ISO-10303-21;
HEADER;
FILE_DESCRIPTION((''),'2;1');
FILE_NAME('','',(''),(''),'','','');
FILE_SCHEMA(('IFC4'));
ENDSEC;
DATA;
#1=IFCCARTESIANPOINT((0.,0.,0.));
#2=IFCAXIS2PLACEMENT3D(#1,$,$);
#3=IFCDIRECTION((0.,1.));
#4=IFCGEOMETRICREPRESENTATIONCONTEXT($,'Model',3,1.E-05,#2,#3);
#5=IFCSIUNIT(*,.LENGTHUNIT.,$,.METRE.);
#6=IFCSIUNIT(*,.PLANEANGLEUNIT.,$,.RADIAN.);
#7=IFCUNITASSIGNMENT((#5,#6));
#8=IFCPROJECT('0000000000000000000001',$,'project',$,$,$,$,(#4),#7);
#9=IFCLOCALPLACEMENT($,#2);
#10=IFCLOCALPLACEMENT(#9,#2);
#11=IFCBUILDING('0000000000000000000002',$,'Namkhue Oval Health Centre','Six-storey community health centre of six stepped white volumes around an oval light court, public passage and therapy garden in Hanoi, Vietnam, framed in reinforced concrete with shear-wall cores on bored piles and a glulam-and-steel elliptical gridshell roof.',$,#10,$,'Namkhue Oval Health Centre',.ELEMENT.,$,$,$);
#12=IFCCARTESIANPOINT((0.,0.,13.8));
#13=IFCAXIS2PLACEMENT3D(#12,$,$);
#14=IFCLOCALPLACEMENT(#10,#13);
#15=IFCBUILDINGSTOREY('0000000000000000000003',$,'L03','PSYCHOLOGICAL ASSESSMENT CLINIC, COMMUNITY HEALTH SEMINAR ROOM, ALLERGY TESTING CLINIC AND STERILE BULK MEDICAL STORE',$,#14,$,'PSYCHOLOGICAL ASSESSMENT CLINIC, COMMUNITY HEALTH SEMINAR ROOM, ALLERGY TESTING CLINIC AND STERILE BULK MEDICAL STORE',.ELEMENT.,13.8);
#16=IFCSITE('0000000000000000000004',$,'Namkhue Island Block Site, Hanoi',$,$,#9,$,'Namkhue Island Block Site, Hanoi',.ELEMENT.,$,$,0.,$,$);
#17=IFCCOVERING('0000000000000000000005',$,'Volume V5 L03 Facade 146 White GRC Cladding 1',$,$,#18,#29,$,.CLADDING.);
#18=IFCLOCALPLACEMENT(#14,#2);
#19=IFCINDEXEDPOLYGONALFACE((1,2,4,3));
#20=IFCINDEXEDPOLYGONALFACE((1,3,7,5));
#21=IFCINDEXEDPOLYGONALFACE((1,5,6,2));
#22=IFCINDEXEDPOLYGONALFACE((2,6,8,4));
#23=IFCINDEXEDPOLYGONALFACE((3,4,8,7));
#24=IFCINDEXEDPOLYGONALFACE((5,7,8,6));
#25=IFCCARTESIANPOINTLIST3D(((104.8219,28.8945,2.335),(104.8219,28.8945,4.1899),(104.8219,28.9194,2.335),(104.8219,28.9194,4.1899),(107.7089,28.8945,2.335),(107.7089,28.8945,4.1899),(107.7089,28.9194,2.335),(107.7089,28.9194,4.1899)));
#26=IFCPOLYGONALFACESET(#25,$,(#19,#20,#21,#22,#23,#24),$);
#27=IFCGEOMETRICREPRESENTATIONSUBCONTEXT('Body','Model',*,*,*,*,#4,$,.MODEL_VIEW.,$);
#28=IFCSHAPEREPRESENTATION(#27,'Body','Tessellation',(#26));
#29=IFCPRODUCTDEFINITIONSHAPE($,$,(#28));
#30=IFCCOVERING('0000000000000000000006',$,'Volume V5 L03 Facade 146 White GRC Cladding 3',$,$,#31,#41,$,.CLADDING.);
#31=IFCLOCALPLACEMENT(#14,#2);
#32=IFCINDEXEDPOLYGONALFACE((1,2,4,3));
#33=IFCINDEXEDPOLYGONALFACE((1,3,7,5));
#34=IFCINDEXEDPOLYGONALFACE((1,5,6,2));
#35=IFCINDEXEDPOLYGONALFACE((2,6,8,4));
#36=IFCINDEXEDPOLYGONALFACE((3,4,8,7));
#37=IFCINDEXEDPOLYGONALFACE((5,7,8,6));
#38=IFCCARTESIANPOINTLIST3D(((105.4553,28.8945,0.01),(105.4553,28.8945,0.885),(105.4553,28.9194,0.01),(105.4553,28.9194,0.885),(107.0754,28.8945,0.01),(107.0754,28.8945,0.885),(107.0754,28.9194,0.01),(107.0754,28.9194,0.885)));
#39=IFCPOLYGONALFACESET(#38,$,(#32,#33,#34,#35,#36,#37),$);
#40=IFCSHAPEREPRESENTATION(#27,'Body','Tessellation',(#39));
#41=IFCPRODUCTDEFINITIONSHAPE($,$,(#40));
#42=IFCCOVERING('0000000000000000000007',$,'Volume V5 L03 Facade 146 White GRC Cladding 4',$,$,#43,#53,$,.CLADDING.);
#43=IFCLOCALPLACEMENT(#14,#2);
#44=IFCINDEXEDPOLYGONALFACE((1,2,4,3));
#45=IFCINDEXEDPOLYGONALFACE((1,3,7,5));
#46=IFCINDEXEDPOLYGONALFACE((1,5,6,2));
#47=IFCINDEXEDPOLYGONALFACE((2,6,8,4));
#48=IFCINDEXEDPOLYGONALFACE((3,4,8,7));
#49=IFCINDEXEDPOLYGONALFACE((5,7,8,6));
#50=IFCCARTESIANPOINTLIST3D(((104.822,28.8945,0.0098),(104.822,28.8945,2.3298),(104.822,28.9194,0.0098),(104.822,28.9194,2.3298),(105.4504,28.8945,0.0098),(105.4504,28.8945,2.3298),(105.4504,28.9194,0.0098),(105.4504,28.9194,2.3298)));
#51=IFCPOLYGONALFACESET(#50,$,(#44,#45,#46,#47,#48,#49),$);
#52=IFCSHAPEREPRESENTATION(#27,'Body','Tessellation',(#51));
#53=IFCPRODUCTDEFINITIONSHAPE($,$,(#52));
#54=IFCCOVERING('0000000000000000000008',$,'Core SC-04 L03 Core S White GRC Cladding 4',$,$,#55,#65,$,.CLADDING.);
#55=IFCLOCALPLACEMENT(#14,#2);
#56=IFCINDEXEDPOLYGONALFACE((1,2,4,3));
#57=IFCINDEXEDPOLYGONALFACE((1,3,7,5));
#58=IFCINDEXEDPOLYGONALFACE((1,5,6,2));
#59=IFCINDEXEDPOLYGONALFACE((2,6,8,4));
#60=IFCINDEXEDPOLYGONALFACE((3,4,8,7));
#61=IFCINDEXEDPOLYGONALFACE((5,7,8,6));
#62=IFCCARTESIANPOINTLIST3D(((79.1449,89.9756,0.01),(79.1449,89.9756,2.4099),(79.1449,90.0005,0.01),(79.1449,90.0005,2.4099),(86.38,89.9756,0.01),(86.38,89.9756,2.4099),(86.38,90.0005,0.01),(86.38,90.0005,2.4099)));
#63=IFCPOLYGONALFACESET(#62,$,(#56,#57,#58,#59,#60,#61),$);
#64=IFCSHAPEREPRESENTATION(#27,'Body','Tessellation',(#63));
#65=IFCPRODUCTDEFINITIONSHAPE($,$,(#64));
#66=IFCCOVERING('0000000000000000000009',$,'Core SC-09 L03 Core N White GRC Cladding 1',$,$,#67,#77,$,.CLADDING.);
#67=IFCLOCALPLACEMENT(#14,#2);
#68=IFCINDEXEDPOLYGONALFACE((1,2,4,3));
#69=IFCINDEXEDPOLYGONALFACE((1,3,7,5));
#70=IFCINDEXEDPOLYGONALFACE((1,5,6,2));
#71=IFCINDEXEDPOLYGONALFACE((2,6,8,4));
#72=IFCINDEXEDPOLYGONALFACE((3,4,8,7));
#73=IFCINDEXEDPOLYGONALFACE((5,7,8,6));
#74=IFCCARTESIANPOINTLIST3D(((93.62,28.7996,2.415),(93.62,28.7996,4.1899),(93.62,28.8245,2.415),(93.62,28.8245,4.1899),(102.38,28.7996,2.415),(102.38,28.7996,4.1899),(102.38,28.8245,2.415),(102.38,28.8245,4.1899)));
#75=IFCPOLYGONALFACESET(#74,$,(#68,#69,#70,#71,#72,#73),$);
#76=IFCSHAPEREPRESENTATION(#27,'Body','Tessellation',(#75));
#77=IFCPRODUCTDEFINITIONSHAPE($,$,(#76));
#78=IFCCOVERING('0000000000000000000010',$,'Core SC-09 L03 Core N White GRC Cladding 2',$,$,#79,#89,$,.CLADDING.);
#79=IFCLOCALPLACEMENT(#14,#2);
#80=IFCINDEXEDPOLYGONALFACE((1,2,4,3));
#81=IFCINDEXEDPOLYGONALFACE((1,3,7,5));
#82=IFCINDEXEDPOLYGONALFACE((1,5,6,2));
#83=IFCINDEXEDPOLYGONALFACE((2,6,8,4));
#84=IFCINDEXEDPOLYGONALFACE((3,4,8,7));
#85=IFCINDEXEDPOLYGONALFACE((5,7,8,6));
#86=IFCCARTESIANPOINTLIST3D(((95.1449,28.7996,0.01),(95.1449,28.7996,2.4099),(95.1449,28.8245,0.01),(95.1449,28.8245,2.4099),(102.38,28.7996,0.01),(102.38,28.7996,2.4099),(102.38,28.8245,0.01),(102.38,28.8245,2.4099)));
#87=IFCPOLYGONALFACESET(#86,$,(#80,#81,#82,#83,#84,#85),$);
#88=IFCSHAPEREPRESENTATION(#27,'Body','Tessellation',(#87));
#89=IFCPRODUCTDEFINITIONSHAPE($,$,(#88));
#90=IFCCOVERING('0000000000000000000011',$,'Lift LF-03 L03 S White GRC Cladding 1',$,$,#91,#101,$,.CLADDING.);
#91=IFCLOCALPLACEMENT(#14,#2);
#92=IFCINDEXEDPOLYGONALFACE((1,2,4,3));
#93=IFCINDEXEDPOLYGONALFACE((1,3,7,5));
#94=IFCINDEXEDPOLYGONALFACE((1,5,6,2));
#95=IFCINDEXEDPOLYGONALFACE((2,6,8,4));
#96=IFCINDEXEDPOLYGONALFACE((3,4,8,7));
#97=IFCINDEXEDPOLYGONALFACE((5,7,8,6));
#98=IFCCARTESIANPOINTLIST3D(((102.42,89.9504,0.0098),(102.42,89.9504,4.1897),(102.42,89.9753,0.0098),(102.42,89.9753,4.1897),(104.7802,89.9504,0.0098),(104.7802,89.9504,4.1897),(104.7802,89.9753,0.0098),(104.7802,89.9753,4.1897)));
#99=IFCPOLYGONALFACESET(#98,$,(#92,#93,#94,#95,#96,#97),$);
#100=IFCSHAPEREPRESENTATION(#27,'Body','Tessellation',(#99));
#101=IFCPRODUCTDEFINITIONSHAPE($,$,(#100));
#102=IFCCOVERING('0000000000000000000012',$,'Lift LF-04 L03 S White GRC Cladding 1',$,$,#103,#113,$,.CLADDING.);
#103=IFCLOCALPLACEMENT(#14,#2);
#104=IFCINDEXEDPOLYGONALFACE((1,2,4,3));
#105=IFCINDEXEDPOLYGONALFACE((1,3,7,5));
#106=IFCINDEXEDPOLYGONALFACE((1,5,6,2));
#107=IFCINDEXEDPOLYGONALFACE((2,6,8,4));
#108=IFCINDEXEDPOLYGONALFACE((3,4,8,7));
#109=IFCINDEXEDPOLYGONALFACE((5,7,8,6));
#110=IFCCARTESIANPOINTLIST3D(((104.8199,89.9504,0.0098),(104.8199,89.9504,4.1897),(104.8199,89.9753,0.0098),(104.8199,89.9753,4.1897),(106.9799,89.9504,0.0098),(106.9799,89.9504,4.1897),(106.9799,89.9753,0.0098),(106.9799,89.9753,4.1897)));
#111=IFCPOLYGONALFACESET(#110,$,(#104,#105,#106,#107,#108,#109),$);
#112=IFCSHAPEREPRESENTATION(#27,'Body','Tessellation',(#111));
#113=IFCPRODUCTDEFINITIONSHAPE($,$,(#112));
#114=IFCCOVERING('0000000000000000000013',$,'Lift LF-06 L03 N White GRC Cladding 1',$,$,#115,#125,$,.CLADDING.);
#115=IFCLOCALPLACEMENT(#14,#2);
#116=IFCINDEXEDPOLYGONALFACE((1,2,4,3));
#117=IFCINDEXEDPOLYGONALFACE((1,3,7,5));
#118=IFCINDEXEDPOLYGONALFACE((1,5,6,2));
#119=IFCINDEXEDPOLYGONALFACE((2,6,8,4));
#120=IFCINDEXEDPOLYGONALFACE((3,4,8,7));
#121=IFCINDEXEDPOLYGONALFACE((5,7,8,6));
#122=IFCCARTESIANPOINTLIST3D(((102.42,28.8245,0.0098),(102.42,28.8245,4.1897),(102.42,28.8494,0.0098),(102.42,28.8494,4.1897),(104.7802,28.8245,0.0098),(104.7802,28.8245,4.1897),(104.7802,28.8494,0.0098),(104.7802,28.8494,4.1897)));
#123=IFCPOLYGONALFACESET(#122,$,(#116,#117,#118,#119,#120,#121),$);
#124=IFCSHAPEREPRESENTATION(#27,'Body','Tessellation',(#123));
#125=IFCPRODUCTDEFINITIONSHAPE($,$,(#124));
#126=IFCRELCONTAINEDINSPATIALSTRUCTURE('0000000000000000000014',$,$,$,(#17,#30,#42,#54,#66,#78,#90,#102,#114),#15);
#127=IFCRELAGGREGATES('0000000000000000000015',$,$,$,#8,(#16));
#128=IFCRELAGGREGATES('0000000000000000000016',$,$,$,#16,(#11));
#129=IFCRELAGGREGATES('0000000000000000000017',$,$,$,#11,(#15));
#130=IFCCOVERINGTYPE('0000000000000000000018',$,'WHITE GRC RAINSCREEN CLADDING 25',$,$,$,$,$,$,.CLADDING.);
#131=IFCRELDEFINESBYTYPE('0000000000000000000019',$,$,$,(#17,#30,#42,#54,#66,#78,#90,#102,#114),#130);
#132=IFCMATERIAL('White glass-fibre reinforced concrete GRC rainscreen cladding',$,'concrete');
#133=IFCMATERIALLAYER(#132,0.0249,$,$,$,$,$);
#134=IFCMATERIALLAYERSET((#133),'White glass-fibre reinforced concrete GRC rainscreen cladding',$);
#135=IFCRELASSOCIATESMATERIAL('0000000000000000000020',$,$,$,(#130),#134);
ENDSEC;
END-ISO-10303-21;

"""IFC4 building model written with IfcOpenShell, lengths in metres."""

from ifc_helpers import new_model, si_unit, direction, frame, origin, origin_2d, place, context, subcontext, project, spatial, rectangle, extrude, material, layer, layer_set, type_object, element, save


model = new_model("IFC4")

# Units and contexts
model_context = context("Model", 3, precision=1e-05, world=origin(), true_north=direction((0.0, 1.0)))
body_context = subcontext(model_context, "Body", "Model", "MODEL_VIEW")
ifc_project = project(units=[si_unit("LENGTHUNIT", "METRE"), si_unit("PLANEANGLEUNIT", "RADIAN")], contexts=[model_context])

# Site, building, storey
site_placement = place(None, origin())
site = spatial("IfcSite", under=ifc_project, at=site_placement, Name="Namkhue Island Block Site, Hanoi", LongName="Namkhue Island Block Site, Hanoi", CompositionType="ELEMENT", RefElevation=0.0)
building_placement = place(site_placement, origin())
building = spatial("IfcBuilding", under=site, at=building_placement, Name="Namkhue Oval Health Centre", Description="Six-storey community health centre of six stepped white volumes around an oval light court, public passage and therapy garden in Hanoi, Vietnam, framed in reinforced concrete with shear-wall cores on bored piles and a glulam-and-steel elliptical gridshell roof.", LongName="Namkhue Oval Health Centre", CompositionType="ELEMENT")
storey_placement = place(building_placement, frame((0.0, 0.0, 13.8)))
storey = spatial("IfcBuildingStorey", under=building, at=storey_placement, Name="L03", Description="PSYCHOLOGICAL ASSESSMENT CLINIC, COMMUNITY HEALTH SEMINAR ROOM, ALLERGY TESTING CLINIC AND STERILE BULK MEDICAL STORE", LongName="PSYCHOLOGICAL ASSESSMENT CLINIC, COMMUNITY HEALTH SEMINAR ROOM, ALLERGY TESTING CLINIC AND STERILE BULK MEDICAL STORE", CompositionType="ELEMENT", Elevation=13.8)

# Coverings
ifc_material_1 = material(Name="White glass-fibre reinforced concrete GRC rainscreen cladding", Category="concrete")
ifc_layer_1 = layer(ifc_material_1, 0.0249)
ifc_layer_set_1 = layer_set([ifc_layer_1], Name="White glass-fibre reinforced concrete GRC rainscreen cladding")
covering_type = type_object("IfcCoveringType", Name="WHITE GRC RAINSCREEN CLADDING 25", PredefinedType="CLADDING", material=ifc_layer_set_1)
covering_1_placement = place(storey_placement, frame((106.2654, 28.907, 2.335), z_axis=(0.0, 0.0, 1.0), x_axis=(-1.0, 0.0, 0.0)))
element("IfcCovering", 1, at=covering_1_placement, inside=storey, type_object=covering_type, Name="Volume V5 L03 Facade 146 White GRC Cladding 1", PredefinedType="CLADDING", context=body_context, shape_type="SweptSolid", body=[
    extrude(rectangle(XDim=2.887, YDim=0.0249, at=origin_2d()), origin(), (0.0, 0.0, 1.0), 1.855),
])
covering_2_placement = place(storey_placement, frame((106.2654, 28.907, 0.01), z_axis=(0.0, 0.0, 1.0), x_axis=(-1.0, 0.0, 0.0)))
element("IfcCovering", 2, at=covering_2_placement, inside=storey, type_object=covering_type, Name="Volume V5 L03 Facade 146 White GRC Cladding 3", PredefinedType="CLADDING", context=body_context, shape_type="SweptSolid", body=[
    extrude(rectangle(XDim=1.6201, YDim=0.0249, at=origin_2d()), origin(), (0.0, 0.0, 1.0), 0.875),
])
covering_3_placement = place(storey_placement, frame((105.1362, 28.907, 0.0098), z_axis=(0.0, 0.0, 1.0), x_axis=(-1.0, 0.0, 0.0)))
element("IfcCovering", 3, at=covering_3_placement, inside=storey, type_object=covering_type, Name="Volume V5 L03 Facade 146 White GRC Cladding 4", PredefinedType="CLADDING", context=body_context, shape_type="SweptSolid", body=[
    extrude(rectangle(XDim=0.6284, YDim=0.0249, at=origin_2d()), origin(), (0.0, 0.0, 1.0), 2.3201),
])
covering_4_placement = place(storey_placement, frame((82.7625, 89.988, 0.01), z_axis=(0.0, 0.0, 1.0), x_axis=(1.0, 0.0, 0.0)))
element("IfcCovering", 4, at=covering_4_placement, inside=storey, type_object=covering_type, Name="Core SC-04 L03 Core S White GRC Cladding 4", PredefinedType="CLADDING", context=body_context, shape_type="SweptSolid", body=[
    extrude(rectangle(XDim=7.2351, YDim=0.0249, at=origin_2d()), origin(), (0.0, 0.0, 1.0), 2.3999),
])
covering_5_placement = place(storey_placement, frame((98.0, 28.812, 2.415), z_axis=(0.0, 0.0, 1.0), x_axis=(-1.0, 0.0, 0.0)))
element("IfcCovering", 5, at=covering_5_placement, inside=storey, type_object=covering_type, Name="Core SC-09 L03 Core N White GRC Cladding 1", PredefinedType="CLADDING", context=body_context, shape_type="SweptSolid", body=[
    extrude(rectangle(XDim=8.76, YDim=0.0249, at=origin_2d()), origin(), (0.0, 0.0, 1.0), 1.7749),
])
covering_6_placement = place(storey_placement, frame((98.7625, 28.812, 0.01), z_axis=(0.0, 0.0, 1.0), x_axis=(-1.0, 0.0, 0.0)))
element("IfcCovering", 6, at=covering_6_placement, inside=storey, type_object=covering_type, Name="Core SC-09 L03 Core N White GRC Cladding 2", PredefinedType="CLADDING", context=body_context, shape_type="SweptSolid", body=[
    extrude(rectangle(XDim=7.2351, YDim=0.0249, at=origin_2d()), origin(), (0.0, 0.0, 1.0), 2.3999),
])
covering_7_placement = place(storey_placement, frame((103.6001, 89.9629, 0.0098), z_axis=(0.0, 0.0, 1.0), x_axis=(1.0, 0.0, 0.0)))
element("IfcCovering", 7, at=covering_7_placement, inside=storey, type_object=covering_type, Name="Lift LF-03 L03 S White GRC Cladding 1", PredefinedType="CLADDING", context=body_context, shape_type="SweptSolid", body=[
    extrude(rectangle(XDim=2.3601, YDim=0.0249, at=origin_2d()), origin(), (0.0, 0.0, 1.0), 4.1799),
])
covering_8_placement = place(storey_placement, frame((105.8999, 89.9629, 0.0098), z_axis=(0.0, 0.0, 1.0), x_axis=(1.0, 0.0, 0.0)))
element("IfcCovering", 8, at=covering_8_placement, inside=storey, type_object=covering_type, Name="Lift LF-04 L03 S White GRC Cladding 1", PredefinedType="CLADDING", context=body_context, shape_type="SweptSolid", body=[
    extrude(rectangle(XDim=2.1599, YDim=0.0249, at=origin_2d()), origin(), (0.0, 0.0, 1.0), 4.1799),
])
covering_9_placement = place(storey_placement, frame((103.6001, 28.8369, 0.0098), z_axis=(0.0, 0.0, 1.0), x_axis=(-1.0, 0.0, 0.0)))
element("IfcCovering", 9, at=covering_9_placement, inside=storey, type_object=covering_type, Name="Lift LF-06 L03 N White GRC Cladding 1", PredefinedType="CLADDING", context=body_context, shape_type="SweptSolid", body=[
    extrude(rectangle(XDim=2.3601, YDim=0.0249, at=origin_2d()), origin(), (0.0, 0.0, 1.0), 4.1799),
])

save(model, "model.ifc")
